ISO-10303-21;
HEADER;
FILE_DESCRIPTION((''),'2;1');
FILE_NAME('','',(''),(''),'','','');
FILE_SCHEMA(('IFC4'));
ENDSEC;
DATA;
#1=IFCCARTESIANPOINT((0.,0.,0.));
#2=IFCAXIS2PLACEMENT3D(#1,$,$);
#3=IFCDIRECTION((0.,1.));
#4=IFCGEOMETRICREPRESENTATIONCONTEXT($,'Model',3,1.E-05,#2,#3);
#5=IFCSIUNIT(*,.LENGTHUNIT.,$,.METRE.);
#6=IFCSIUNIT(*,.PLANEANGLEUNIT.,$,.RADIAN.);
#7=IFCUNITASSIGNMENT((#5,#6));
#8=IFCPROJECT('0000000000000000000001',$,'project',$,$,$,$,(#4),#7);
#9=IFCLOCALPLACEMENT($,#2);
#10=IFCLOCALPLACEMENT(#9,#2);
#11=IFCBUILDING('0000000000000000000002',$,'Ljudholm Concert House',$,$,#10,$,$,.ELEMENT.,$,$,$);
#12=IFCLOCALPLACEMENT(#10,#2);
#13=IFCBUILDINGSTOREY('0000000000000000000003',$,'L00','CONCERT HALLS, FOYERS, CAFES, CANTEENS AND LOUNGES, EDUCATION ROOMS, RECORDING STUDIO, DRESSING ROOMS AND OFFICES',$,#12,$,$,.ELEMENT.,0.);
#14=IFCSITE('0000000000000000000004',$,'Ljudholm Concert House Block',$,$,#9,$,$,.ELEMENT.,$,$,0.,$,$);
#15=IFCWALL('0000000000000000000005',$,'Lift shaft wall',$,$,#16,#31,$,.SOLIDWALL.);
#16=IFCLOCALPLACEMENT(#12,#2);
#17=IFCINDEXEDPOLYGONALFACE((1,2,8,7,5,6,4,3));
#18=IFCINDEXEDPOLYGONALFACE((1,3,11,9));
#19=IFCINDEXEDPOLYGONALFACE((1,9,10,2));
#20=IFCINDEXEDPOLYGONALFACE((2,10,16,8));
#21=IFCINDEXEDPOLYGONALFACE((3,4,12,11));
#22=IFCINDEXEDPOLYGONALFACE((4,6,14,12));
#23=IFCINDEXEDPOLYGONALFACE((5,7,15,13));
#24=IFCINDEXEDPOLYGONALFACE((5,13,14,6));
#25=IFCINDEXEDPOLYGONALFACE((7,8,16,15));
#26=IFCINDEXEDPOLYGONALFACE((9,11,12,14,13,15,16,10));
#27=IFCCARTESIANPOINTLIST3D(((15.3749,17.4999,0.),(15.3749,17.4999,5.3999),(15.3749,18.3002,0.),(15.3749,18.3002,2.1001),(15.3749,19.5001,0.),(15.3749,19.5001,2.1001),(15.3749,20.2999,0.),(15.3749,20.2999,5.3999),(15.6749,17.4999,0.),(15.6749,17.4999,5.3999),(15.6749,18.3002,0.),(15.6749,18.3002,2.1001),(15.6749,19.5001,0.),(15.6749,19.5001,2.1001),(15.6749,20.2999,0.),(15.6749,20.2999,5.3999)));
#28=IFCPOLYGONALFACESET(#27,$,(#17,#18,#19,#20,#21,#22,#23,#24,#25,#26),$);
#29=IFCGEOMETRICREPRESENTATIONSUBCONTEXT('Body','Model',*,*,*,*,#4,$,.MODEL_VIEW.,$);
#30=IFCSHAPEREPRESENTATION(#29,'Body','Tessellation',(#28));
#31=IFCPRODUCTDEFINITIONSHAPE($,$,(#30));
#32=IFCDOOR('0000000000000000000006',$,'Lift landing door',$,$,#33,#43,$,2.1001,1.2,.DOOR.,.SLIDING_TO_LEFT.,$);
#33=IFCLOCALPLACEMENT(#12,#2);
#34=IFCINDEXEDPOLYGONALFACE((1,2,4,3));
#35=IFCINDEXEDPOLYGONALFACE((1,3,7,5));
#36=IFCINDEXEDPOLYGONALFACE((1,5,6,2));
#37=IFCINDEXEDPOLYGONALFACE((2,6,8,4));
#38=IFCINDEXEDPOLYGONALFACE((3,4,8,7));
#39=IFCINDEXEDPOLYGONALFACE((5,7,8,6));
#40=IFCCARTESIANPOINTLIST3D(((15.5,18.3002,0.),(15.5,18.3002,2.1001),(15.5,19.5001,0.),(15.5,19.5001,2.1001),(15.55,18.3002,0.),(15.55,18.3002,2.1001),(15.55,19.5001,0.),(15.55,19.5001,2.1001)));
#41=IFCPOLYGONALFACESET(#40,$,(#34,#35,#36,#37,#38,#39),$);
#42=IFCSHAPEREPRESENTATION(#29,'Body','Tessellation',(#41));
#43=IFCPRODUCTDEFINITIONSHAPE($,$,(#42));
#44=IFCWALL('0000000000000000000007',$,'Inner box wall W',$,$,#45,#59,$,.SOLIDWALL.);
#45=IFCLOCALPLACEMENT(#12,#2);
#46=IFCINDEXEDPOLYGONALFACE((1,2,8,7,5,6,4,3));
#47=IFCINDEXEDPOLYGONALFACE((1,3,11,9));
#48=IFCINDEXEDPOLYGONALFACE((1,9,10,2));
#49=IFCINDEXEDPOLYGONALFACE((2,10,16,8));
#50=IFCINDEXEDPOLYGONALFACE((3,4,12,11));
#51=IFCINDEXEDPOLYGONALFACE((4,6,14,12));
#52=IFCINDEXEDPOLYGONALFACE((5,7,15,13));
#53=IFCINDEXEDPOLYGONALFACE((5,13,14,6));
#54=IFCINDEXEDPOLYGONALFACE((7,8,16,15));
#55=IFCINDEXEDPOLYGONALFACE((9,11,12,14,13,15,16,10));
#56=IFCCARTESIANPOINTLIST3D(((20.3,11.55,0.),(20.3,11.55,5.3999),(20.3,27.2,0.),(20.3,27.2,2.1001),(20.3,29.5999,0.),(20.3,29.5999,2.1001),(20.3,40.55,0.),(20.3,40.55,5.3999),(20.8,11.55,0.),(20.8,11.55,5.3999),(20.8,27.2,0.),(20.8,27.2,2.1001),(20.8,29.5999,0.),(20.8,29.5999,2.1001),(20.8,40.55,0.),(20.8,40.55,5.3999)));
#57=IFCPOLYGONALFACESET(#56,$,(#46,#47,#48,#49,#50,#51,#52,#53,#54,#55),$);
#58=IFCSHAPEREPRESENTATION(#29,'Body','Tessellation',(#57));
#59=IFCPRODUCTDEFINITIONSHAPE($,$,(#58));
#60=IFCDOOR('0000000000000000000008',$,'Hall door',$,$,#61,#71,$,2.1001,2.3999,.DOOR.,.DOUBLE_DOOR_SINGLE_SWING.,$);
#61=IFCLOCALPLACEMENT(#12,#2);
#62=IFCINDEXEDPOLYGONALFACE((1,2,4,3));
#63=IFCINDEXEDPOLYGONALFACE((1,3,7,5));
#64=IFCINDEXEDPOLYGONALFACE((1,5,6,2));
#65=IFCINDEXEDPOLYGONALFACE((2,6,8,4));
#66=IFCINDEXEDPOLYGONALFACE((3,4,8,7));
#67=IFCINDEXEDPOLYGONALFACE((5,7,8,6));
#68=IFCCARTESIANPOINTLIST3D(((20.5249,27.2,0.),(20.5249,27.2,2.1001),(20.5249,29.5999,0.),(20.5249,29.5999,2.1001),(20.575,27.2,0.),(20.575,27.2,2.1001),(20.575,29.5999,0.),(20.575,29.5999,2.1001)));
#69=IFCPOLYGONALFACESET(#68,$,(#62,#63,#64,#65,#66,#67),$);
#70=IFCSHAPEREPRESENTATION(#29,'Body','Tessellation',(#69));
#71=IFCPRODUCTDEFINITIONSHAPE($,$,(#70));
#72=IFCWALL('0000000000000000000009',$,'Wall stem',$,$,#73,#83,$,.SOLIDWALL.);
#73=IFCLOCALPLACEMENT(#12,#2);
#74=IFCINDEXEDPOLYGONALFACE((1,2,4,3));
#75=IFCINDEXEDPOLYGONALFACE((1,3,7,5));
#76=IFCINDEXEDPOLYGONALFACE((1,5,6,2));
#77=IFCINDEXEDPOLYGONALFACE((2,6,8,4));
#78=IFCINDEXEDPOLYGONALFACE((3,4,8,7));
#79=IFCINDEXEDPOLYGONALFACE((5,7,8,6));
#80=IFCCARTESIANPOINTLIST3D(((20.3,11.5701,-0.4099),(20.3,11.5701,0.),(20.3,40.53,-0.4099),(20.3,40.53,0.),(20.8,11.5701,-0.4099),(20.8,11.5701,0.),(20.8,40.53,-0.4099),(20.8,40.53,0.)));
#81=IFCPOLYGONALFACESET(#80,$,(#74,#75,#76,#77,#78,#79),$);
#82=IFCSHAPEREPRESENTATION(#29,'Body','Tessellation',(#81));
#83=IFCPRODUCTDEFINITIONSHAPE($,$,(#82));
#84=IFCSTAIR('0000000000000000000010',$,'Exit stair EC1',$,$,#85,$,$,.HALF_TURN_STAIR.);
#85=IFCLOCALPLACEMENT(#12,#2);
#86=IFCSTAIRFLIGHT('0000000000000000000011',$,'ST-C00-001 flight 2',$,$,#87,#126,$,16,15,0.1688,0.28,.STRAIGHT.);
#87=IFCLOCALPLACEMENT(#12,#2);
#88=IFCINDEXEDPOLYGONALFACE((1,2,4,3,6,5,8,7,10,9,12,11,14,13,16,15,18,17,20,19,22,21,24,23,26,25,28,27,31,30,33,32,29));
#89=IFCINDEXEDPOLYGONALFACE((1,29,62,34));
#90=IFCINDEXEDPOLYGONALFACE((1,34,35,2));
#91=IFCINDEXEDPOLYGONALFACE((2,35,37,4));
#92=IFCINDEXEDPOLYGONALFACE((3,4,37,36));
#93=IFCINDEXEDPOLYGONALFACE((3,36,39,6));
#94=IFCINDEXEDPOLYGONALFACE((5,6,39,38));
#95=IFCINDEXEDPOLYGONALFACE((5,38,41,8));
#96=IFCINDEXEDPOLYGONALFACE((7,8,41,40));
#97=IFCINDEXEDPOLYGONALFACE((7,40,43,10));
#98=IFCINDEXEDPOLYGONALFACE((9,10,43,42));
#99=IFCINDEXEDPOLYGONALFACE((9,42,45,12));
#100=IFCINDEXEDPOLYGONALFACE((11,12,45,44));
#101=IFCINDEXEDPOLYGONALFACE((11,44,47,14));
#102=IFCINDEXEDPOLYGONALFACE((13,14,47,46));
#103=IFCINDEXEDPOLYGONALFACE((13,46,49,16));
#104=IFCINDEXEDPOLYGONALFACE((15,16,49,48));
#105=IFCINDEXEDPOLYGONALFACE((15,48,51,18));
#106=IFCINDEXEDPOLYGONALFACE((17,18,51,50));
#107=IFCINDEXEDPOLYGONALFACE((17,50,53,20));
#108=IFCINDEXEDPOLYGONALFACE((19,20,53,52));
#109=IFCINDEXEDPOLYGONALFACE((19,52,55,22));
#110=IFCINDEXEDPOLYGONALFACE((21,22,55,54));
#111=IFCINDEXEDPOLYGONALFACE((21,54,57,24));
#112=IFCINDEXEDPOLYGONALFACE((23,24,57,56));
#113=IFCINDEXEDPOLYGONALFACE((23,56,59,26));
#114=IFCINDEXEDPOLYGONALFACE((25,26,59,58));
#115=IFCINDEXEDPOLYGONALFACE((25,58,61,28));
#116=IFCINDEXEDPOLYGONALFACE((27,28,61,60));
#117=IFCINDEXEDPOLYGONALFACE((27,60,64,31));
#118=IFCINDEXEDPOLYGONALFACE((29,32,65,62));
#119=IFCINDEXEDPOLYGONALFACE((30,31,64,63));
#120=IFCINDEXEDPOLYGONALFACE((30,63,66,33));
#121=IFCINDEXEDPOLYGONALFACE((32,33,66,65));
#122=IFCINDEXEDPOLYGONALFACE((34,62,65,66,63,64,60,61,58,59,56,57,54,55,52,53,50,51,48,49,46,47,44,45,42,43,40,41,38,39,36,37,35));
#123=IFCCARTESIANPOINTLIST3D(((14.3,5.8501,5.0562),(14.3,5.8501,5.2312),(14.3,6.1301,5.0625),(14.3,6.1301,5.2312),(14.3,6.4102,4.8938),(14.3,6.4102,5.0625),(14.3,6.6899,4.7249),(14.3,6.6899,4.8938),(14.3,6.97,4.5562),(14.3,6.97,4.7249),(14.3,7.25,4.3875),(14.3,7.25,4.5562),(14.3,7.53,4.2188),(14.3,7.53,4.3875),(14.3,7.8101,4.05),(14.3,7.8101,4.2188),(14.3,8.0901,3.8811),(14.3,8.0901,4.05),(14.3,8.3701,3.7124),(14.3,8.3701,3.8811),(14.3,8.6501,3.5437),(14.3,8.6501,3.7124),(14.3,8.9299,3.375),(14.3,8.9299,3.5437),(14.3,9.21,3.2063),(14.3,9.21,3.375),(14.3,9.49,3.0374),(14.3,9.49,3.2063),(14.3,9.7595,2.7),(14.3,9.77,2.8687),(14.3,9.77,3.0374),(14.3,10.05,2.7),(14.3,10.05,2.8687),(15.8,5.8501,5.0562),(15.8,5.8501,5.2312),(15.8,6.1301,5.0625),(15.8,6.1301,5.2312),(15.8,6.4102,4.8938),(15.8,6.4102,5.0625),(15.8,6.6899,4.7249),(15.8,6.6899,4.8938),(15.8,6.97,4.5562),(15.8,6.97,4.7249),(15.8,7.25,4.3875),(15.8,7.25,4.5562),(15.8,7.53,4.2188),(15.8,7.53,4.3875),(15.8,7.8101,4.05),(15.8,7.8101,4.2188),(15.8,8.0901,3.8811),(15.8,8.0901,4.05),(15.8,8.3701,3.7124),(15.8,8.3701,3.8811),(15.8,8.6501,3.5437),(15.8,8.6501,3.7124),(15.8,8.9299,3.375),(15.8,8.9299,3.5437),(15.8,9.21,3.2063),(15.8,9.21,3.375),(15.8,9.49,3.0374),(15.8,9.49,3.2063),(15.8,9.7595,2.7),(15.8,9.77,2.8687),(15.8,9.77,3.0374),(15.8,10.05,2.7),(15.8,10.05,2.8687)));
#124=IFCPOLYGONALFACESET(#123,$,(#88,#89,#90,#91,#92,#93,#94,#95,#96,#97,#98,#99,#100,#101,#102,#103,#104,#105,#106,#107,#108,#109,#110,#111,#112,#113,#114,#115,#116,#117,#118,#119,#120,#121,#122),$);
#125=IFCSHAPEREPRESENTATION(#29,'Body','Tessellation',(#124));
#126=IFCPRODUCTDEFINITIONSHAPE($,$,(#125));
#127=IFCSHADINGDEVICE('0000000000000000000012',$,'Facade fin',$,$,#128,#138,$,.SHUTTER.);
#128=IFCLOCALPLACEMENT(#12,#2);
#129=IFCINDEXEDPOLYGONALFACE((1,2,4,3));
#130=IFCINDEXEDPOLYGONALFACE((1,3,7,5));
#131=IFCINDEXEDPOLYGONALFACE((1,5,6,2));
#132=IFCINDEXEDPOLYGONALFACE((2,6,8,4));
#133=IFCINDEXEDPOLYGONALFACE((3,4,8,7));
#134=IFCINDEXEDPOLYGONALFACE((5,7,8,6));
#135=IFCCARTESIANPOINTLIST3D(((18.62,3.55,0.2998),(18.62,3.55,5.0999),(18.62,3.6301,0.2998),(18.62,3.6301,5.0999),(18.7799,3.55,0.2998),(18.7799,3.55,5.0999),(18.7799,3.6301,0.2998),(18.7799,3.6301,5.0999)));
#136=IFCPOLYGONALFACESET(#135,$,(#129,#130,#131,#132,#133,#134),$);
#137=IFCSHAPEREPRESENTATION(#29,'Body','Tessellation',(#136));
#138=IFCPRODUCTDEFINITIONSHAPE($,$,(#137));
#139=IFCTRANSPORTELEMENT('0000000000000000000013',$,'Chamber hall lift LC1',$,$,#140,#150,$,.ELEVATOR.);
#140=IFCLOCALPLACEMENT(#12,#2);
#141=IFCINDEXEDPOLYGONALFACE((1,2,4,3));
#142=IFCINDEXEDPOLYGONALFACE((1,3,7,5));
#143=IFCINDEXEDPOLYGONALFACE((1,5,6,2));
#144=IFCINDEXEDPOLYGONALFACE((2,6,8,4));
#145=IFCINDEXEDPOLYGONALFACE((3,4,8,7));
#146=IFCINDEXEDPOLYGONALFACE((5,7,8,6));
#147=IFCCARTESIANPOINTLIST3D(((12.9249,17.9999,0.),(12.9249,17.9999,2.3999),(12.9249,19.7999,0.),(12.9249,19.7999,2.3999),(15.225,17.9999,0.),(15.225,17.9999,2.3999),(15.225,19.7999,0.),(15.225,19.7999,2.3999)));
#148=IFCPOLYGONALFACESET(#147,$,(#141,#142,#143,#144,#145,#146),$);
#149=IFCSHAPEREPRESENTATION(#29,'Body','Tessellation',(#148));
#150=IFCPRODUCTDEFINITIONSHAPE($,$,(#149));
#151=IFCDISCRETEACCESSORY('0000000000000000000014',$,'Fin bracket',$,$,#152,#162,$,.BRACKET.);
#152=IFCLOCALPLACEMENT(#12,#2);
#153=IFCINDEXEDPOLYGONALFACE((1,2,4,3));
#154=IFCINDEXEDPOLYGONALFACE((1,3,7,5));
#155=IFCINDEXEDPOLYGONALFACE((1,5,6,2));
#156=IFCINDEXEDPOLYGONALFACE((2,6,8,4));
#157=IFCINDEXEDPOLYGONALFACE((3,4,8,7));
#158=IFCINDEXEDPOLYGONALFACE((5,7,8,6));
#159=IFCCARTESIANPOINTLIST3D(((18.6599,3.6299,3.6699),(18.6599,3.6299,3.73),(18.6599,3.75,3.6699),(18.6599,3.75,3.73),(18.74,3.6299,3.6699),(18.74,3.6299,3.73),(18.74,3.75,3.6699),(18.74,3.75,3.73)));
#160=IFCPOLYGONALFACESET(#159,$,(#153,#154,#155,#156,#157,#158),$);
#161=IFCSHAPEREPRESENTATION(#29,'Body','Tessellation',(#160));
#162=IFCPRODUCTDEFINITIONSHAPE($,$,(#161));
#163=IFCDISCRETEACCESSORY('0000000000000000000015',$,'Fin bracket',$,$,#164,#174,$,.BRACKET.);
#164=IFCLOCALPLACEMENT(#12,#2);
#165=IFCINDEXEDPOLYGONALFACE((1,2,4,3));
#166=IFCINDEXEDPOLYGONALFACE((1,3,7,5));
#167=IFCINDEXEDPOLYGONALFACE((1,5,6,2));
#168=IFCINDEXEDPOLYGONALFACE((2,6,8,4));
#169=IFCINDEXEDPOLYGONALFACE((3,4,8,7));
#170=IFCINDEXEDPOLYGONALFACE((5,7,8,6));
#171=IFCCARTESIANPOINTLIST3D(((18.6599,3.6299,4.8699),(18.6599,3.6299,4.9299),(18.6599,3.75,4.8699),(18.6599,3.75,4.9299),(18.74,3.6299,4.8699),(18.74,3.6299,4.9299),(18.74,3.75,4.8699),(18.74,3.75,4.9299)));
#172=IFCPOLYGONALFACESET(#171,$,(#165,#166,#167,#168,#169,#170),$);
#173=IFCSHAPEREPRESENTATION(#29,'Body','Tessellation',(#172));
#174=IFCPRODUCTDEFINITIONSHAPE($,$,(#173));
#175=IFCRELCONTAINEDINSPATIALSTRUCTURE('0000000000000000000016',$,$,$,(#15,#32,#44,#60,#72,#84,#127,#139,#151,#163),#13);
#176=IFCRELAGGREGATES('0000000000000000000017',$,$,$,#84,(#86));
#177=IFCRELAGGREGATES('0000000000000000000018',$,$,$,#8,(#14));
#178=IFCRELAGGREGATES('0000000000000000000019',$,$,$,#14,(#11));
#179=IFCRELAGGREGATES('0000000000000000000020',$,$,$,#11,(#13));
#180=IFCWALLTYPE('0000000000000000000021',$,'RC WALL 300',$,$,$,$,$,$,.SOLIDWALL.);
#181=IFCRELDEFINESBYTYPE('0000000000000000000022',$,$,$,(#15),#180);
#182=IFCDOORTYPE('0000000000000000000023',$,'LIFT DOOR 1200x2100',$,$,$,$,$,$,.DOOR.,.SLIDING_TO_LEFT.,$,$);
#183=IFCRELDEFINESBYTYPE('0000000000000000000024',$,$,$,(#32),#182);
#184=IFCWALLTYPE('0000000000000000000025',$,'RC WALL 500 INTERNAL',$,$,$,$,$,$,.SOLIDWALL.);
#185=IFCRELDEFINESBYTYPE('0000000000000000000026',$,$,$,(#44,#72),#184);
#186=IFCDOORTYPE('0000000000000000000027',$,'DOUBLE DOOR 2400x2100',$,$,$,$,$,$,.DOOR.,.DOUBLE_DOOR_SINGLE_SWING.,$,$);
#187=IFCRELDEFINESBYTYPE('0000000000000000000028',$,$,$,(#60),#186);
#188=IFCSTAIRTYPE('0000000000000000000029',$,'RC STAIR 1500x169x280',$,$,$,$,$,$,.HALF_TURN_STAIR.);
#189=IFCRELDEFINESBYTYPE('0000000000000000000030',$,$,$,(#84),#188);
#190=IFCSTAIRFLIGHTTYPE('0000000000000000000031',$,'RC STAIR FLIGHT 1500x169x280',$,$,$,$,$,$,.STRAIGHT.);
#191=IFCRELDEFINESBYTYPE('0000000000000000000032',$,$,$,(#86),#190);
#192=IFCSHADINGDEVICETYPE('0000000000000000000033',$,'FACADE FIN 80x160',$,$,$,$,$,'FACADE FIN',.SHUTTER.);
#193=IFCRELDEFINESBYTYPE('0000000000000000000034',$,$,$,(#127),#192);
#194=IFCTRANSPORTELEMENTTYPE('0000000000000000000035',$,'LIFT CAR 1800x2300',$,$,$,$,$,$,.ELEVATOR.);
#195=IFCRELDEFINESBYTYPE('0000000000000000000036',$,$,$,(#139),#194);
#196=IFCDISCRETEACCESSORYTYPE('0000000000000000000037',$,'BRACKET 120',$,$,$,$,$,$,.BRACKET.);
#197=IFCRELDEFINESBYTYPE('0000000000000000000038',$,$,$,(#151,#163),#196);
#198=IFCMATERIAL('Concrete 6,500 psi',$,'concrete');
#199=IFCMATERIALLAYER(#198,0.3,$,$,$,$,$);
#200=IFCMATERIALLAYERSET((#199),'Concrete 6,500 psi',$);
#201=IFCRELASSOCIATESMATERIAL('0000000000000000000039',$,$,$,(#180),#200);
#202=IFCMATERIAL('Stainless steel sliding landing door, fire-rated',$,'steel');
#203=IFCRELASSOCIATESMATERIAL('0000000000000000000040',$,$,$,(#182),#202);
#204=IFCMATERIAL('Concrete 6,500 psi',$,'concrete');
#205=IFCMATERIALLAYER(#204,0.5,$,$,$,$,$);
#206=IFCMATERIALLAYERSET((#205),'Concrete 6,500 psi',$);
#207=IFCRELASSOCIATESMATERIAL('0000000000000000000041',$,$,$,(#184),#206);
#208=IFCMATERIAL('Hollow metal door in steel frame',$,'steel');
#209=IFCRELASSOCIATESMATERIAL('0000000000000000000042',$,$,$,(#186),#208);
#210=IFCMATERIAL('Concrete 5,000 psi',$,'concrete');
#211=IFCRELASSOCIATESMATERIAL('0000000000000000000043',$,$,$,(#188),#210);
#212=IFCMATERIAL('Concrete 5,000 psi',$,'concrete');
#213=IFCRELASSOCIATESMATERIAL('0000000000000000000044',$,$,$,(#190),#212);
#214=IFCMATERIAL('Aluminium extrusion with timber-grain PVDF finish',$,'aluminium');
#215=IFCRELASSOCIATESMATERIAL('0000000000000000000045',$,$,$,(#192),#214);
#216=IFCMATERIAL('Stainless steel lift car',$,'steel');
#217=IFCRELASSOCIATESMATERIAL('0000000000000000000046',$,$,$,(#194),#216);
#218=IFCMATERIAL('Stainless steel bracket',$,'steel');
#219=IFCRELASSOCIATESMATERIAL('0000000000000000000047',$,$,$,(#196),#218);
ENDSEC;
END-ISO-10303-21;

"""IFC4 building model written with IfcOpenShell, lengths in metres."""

from ifc_helpers import new_model, si_unit, direction, frame, frame_2d, origin, origin_2d, place, context, subcontext, project, spatial, polyline, rectangle, outline, extrude, material, layer, layer_set, type_object, element, fill, aggregate, save


model = new_model("IFC4")

# Units and contexts
model_context = context("Model", 3, precision=1e-05, world=origin(), true_north=direction((0.0, 1.0)))
body_context = subcontext(model_context, "Body", "Model", "MODEL_VIEW")
ifc_project = project(units=[si_unit("LENGTHUNIT", "METRE"), si_unit("PLANEANGLEUNIT", "RADIAN")], contexts=[model_context])

# Site, building, storey
site_placement = place(None, origin())
site = spatial("IfcSite", under=ifc_project, at=site_placement, Name="Ljudholm Concert House Block", CompositionType="ELEMENT", RefElevation=0.0)
building_placement = place(site_placement, origin())
building = spatial("IfcBuilding", under=site, at=building_placement, Name="Ljudholm Concert House", CompositionType="ELEMENT")
storey_placement = place(building_placement, origin())
storey = spatial("IfcBuildingStorey", under=building, at=storey_placement, Name="L00", Description="CONCERT HALLS, FOYERS, CAFES, CANTEENS AND LOUNGES, EDUCATION ROOMS, RECORDING STUDIO, DRESSING ROOMS AND OFFICES", CompositionType="ELEMENT", Elevation=0.0)

# Walls, openings, doors
ifc_material_1 = material(Name="Concrete 6,500 psi", Category="concrete")
ifc_layer_1 = layer(ifc_material_1, 0.3)
ifc_layer_set_1 = layer_set([ifc_layer_1], Name="Concrete 6,500 psi")
wall_type_1 = type_object("IfcWallType", Name="RC WALL 300", PredefinedType="SOLIDWALL", material=ifc_layer_set_1)
wall_1_placement = place(storey_placement, frame((15.5249, 17.5, 0.0), z_axis=(0.0, 0.0, 1.0), x_axis=(0.0, 1.0, 0.0)))
wall_1 = element("IfcWall", 1, at=wall_1_placement, inside=storey, type_object=wall_type_1, Name="Lift shaft wall", PredefinedType="SOLIDWALL", context=body_context, shape_type="SweptSolid", body=[
    extrude(rectangle(XDim=2.8, YDim=0.3, at=frame_2d((1.3999, 0.0))), origin(), (0.0, 0.0, 1.0), 5.3999),
])
opening_1_placement = place(wall_1_placement, frame((0.8, 0.0, 0.0)))
opening_1 = element("IfcOpeningElement", 2, at=opening_1_placement, cuts=wall_1, PredefinedType="OPENING", context=body_context, shape_type="SweptSolid", body=[
    extrude(rectangle(XDim=1.2, YDim=2.1001, at=frame_2d((0.6001, 1.05))), frame((0.0, 0.1599, 0.0), z_axis=(0.0, -1.0, 0.0), x_axis=(1.0, 0.0, 0.0)), (0.0, 0.0, 1.0), 0.3201),
])
ifc_material_2 = material(Name="Stainless steel sliding landing door, fire-rated", Category="steel")
door_type_1 = type_object("IfcDoorType", Name="LIFT DOOR 1200x2100", OperationType="SLIDING_TO_LEFT", PredefinedType="DOOR", material=ifc_material_2)
door_1_placement = place(opening_1_placement, origin())
door_1 = element("IfcDoor", 3, at=door_1_placement, inside=storey, type_object=door_type_1, Name="Lift landing door", OperationType="SLIDING_TO_LEFT", OverallHeight=2.1001, OverallWidth=1.2, PredefinedType="DOOR", context=body_context, shape_type="SweptSolid", body=[
    extrude(rectangle(XDim=1.2, YDim=2.1001, at=frame_2d((0.6001, 1.05))), frame((0.0, 0.0249, 0.0), z_axis=(0.0, -1.0, 0.0), x_axis=(1.0, 0.0, 0.0)), (0.0, 0.0, 1.0), 0.05),
])
fill(opening_1, door_1)
ifc_material_3 = material(Name="Concrete 6,500 psi", Category="concrete")
ifc_layer_2 = layer(ifc_material_3, 0.5)
ifc_layer_set_2 = layer_set([ifc_layer_2], Name="Concrete 6,500 psi")
wall_type_2 = type_object("IfcWallType", Name="RC WALL 500 INTERNAL", PredefinedType="SOLIDWALL", material=ifc_layer_set_2)
wall_2_placement = place(storey_placement, frame((20.55, 11.55, 0.0), z_axis=(0.0, 0.0, 1.0), x_axis=(0.0, 1.0, 0.0)))
wall_2 = element("IfcWall", 4, at=wall_2_placement, inside=storey, type_object=wall_type_2, Name="Inner box wall W", PredefinedType="SOLIDWALL", context=body_context, shape_type="SweptSolid", body=[
    extrude(rectangle(XDim=29.0, YDim=0.5, at=frame_2d((14.5, 0.0))), origin(), (0.0, 0.0, 1.0), 5.3999),
])
opening_2_placement = place(wall_2_placement, frame((15.6499, 0.0, 0.0)))
opening_2 = element("IfcOpeningElement", 5, at=opening_2_placement, cuts=wall_2, PredefinedType="OPENING", context=body_context, shape_type="SweptSolid", body=[
    extrude(rectangle(XDim=2.3999, YDim=2.1001, at=frame_2d((1.2, 1.05))), frame((0.0, 0.26, 0.0), z_axis=(0.0, -1.0, 0.0), x_axis=(1.0, 0.0, 0.0)), (0.0, 0.0, 1.0), 0.52),
])
ifc_material_4 = material(Name="Hollow metal door in steel frame", Category="steel")
door_type_2 = type_object("IfcDoorType", Name="DOUBLE DOOR 2400x2100", OperationType="DOUBLE_DOOR_SINGLE_SWING", PredefinedType="DOOR", material=ifc_material_4)
door_2_placement = place(opening_2_placement, frame((2.3999, 0.0, 0.0), z_axis=(0.0, 0.0, 1.0), x_axis=(-1.0, 0.0, 0.0)))
door_2 = element("IfcDoor", 6, at=door_2_placement, inside=storey, type_object=door_type_2, Name="Hall door", OperationType="DOUBLE_DOOR_SINGLE_SWING", OverallHeight=2.1001, OverallWidth=2.3999, PredefinedType="DOOR", context=body_context, shape_type="SweptSolid", body=[
    extrude(rectangle(XDim=2.3999, YDim=2.1001, at=frame_2d((1.2, 1.05))), frame((0.0, 0.0249, 0.0), z_axis=(0.0, -1.0, 0.0), x_axis=(1.0, 0.0, 0.0)), (0.0, 0.0, 1.0), 0.05),
])
fill(opening_2, door_2)

# Wall
wall_3_placement = place(storey_placement, frame((20.55, 11.5701, -0.4099), z_axis=(0.0, 0.0, 1.0), x_axis=(0.0, 1.0, 0.0)))
element("IfcWall", 7, at=wall_3_placement, inside=storey, type_object=wall_type_2, Name="Wall stem", PredefinedType="SOLIDWALL", context=body_context, shape_type="SweptSolid", body=[
    extrude(rectangle(XDim=28.96, YDim=0.5, at=frame_2d((14.48, 0.0))), origin(), (0.0, 0.0, 1.0), 0.4099),
])

# Stair, stair flight
ifc_material_5 = material(Name="Concrete 5,000 psi", Category="concrete")
stair_type = type_object("IfcStairType", Name="RC STAIR 1500x169x280", PredefinedType="HALF_TURN_STAIR", material=ifc_material_5)
stair_placement = place(storey_placement, origin())
stair = element("IfcStair", 8, at=stair_placement, inside=storey, type_object=stair_type, Name="Exit stair EC1", PredefinedType="HALF_TURN_STAIR")
ifc_material_6 = material(Name="Concrete 5,000 psi", Category="concrete")
stair_flight_type = type_object("IfcStairFlightType", Name="RC STAIR FLIGHT 1500x169x280", PredefinedType="STRAIGHT", material=ifc_material_6)
stair_flight_placement = place(storey_placement, frame((15.05, 10.05, 2.7), z_axis=(0.0, 0.0, 1.0), x_axis=(0.0, -1.0, 0.0)))
stair_flight = element("IfcStairFlight", 9, at=stair_flight_placement, type_object=stair_flight_type, Name="ST-C00-001 flight 2", NumberOfRisers=16, NumberOfTreads=15, PredefinedType="STRAIGHT", RiserHeight=0.1688, TreadLength=0.28, context=body_context, shape_type="SweptSolid", body=[
    extrude(outline(polyline([(0.0, 0.0), (0.0, 0.1687), (0.28, 0.1687), (0.28, 0.3374), (0.5601, 0.3374), (0.5601, 0.5063), (0.8401, 0.5063), (0.8401, 0.675), (1.1201, 0.675), (1.1201, 0.8438), (1.3999, 0.8438), (1.3999, 1.0125), (1.6799, 1.0125), (1.6799, 1.1812), (1.96, 1.1812), (1.96, 1.3501), (2.24, 1.3501), (2.24, 1.5188), (2.52, 1.5188), (2.52, 1.6875), (2.8, 1.6875), (2.8, 1.8562), (3.0801, 1.8562), (3.0801, 2.0249), (3.3601, 2.0249), (3.3601, 2.1938), (3.6399, 2.1938), (3.6399, 2.3625), (3.9199, 2.3625), (3.9199, 2.5312), (4.2, 2.5312), (4.2, 2.7), (4.2, 2.3562), (0.2905, 0.0), (0.0, 0.0)])), frame((0.0, 0.75, 0.0), z_axis=(0.0, -1.0, 0.0), x_axis=(1.0, 0.0, 0.0)), (0.0, 0.0, 1.0), 1.5),
])
aggregate(stair, [stair_flight])

# Shading device
ifc_material_7 = material(Name="Aluminium extrusion with timber-grain PVDF finish", Category="aluminium")
shading_device_type = type_object("IfcShadingDeviceType", Name="FACADE FIN 80x160", ElementType="FACADE FIN", PredefinedType="SHUTTER", material=ifc_material_7)
shading_device_placement = place(storey_placement, frame((18.7, 3.5901, 0.2998), z_axis=(0.0, 0.0, 1.0), x_axis=(0.0, -1.0, 0.0)))
element("IfcShadingDevice", 10, at=shading_device_placement, inside=storey, type_object=shading_device_type, Name="Facade fin", PredefinedType="SHUTTER", context=body_context, shape_type="SweptSolid", body=[
    extrude(rectangle(XDim=0.0801, YDim=0.1599, at=origin_2d()), origin(), (0.0, 0.0, 1.0), 4.8),
])

# Transport element
ifc_material_8 = material(Name="Stainless steel lift car", Category="steel")
transport_element_type = type_object("IfcTransportElementType", Name="LIFT CAR 1800x2300", PredefinedType="ELEVATOR", material=ifc_material_8)
transport_element_placement = place(storey_placement, frame((14.075, 18.8999, 0.0), z_axis=(0.0, 0.0, 1.0), x_axis=(1.0, 0.0, 0.0)))
element("IfcTransportElement", 11, at=transport_element_placement, inside=storey, type_object=transport_element_type, Name="Chamber hall lift LC1", PredefinedType="ELEVATOR", context=body_context, shape_type="SweptSolid", body=[
    extrude(rectangle(XDim=2.3, YDim=1.8, at=origin_2d()), origin(), (0.0, 0.0, 1.0), 2.3999),
])

# Discrete accessories
ifc_material_9 = material(Name="Stainless steel bracket", Category="steel")
discrete_accessory_type = type_object("IfcDiscreteAccessoryType", Name="BRACKET 120", PredefinedType="BRACKET", material=ifc_material_9)
for number, where, z_axis, x_axis, name in (
    (12, (18.7, 3.6899, 3.6699), (0.0, 0.0, 1.0), (0.0, -1.0, 0.0), "Fin bracket"),
    (13, (18.7, 3.6899, 4.8699), (0.0, 0.0, 1.0), (0.0, -1.0, 0.0), "Fin bracket"),
):
    element("IfcDiscreteAccessory", number, at=place(storey_placement, frame(where, z_axis=z_axis, x_axis=x_axis)), inside=storey, type_object=discrete_accessory_type, Name=name, PredefinedType="BRACKET", context=body_context, shape_type="SweptSolid", body=[
        extrude(rectangle(XDim=0.1201, YDim=0.0801, at=origin_2d()), origin(), (0.0, 0.0, 1.0), 0.0601),
    ])

save(model, "model.ifc")
